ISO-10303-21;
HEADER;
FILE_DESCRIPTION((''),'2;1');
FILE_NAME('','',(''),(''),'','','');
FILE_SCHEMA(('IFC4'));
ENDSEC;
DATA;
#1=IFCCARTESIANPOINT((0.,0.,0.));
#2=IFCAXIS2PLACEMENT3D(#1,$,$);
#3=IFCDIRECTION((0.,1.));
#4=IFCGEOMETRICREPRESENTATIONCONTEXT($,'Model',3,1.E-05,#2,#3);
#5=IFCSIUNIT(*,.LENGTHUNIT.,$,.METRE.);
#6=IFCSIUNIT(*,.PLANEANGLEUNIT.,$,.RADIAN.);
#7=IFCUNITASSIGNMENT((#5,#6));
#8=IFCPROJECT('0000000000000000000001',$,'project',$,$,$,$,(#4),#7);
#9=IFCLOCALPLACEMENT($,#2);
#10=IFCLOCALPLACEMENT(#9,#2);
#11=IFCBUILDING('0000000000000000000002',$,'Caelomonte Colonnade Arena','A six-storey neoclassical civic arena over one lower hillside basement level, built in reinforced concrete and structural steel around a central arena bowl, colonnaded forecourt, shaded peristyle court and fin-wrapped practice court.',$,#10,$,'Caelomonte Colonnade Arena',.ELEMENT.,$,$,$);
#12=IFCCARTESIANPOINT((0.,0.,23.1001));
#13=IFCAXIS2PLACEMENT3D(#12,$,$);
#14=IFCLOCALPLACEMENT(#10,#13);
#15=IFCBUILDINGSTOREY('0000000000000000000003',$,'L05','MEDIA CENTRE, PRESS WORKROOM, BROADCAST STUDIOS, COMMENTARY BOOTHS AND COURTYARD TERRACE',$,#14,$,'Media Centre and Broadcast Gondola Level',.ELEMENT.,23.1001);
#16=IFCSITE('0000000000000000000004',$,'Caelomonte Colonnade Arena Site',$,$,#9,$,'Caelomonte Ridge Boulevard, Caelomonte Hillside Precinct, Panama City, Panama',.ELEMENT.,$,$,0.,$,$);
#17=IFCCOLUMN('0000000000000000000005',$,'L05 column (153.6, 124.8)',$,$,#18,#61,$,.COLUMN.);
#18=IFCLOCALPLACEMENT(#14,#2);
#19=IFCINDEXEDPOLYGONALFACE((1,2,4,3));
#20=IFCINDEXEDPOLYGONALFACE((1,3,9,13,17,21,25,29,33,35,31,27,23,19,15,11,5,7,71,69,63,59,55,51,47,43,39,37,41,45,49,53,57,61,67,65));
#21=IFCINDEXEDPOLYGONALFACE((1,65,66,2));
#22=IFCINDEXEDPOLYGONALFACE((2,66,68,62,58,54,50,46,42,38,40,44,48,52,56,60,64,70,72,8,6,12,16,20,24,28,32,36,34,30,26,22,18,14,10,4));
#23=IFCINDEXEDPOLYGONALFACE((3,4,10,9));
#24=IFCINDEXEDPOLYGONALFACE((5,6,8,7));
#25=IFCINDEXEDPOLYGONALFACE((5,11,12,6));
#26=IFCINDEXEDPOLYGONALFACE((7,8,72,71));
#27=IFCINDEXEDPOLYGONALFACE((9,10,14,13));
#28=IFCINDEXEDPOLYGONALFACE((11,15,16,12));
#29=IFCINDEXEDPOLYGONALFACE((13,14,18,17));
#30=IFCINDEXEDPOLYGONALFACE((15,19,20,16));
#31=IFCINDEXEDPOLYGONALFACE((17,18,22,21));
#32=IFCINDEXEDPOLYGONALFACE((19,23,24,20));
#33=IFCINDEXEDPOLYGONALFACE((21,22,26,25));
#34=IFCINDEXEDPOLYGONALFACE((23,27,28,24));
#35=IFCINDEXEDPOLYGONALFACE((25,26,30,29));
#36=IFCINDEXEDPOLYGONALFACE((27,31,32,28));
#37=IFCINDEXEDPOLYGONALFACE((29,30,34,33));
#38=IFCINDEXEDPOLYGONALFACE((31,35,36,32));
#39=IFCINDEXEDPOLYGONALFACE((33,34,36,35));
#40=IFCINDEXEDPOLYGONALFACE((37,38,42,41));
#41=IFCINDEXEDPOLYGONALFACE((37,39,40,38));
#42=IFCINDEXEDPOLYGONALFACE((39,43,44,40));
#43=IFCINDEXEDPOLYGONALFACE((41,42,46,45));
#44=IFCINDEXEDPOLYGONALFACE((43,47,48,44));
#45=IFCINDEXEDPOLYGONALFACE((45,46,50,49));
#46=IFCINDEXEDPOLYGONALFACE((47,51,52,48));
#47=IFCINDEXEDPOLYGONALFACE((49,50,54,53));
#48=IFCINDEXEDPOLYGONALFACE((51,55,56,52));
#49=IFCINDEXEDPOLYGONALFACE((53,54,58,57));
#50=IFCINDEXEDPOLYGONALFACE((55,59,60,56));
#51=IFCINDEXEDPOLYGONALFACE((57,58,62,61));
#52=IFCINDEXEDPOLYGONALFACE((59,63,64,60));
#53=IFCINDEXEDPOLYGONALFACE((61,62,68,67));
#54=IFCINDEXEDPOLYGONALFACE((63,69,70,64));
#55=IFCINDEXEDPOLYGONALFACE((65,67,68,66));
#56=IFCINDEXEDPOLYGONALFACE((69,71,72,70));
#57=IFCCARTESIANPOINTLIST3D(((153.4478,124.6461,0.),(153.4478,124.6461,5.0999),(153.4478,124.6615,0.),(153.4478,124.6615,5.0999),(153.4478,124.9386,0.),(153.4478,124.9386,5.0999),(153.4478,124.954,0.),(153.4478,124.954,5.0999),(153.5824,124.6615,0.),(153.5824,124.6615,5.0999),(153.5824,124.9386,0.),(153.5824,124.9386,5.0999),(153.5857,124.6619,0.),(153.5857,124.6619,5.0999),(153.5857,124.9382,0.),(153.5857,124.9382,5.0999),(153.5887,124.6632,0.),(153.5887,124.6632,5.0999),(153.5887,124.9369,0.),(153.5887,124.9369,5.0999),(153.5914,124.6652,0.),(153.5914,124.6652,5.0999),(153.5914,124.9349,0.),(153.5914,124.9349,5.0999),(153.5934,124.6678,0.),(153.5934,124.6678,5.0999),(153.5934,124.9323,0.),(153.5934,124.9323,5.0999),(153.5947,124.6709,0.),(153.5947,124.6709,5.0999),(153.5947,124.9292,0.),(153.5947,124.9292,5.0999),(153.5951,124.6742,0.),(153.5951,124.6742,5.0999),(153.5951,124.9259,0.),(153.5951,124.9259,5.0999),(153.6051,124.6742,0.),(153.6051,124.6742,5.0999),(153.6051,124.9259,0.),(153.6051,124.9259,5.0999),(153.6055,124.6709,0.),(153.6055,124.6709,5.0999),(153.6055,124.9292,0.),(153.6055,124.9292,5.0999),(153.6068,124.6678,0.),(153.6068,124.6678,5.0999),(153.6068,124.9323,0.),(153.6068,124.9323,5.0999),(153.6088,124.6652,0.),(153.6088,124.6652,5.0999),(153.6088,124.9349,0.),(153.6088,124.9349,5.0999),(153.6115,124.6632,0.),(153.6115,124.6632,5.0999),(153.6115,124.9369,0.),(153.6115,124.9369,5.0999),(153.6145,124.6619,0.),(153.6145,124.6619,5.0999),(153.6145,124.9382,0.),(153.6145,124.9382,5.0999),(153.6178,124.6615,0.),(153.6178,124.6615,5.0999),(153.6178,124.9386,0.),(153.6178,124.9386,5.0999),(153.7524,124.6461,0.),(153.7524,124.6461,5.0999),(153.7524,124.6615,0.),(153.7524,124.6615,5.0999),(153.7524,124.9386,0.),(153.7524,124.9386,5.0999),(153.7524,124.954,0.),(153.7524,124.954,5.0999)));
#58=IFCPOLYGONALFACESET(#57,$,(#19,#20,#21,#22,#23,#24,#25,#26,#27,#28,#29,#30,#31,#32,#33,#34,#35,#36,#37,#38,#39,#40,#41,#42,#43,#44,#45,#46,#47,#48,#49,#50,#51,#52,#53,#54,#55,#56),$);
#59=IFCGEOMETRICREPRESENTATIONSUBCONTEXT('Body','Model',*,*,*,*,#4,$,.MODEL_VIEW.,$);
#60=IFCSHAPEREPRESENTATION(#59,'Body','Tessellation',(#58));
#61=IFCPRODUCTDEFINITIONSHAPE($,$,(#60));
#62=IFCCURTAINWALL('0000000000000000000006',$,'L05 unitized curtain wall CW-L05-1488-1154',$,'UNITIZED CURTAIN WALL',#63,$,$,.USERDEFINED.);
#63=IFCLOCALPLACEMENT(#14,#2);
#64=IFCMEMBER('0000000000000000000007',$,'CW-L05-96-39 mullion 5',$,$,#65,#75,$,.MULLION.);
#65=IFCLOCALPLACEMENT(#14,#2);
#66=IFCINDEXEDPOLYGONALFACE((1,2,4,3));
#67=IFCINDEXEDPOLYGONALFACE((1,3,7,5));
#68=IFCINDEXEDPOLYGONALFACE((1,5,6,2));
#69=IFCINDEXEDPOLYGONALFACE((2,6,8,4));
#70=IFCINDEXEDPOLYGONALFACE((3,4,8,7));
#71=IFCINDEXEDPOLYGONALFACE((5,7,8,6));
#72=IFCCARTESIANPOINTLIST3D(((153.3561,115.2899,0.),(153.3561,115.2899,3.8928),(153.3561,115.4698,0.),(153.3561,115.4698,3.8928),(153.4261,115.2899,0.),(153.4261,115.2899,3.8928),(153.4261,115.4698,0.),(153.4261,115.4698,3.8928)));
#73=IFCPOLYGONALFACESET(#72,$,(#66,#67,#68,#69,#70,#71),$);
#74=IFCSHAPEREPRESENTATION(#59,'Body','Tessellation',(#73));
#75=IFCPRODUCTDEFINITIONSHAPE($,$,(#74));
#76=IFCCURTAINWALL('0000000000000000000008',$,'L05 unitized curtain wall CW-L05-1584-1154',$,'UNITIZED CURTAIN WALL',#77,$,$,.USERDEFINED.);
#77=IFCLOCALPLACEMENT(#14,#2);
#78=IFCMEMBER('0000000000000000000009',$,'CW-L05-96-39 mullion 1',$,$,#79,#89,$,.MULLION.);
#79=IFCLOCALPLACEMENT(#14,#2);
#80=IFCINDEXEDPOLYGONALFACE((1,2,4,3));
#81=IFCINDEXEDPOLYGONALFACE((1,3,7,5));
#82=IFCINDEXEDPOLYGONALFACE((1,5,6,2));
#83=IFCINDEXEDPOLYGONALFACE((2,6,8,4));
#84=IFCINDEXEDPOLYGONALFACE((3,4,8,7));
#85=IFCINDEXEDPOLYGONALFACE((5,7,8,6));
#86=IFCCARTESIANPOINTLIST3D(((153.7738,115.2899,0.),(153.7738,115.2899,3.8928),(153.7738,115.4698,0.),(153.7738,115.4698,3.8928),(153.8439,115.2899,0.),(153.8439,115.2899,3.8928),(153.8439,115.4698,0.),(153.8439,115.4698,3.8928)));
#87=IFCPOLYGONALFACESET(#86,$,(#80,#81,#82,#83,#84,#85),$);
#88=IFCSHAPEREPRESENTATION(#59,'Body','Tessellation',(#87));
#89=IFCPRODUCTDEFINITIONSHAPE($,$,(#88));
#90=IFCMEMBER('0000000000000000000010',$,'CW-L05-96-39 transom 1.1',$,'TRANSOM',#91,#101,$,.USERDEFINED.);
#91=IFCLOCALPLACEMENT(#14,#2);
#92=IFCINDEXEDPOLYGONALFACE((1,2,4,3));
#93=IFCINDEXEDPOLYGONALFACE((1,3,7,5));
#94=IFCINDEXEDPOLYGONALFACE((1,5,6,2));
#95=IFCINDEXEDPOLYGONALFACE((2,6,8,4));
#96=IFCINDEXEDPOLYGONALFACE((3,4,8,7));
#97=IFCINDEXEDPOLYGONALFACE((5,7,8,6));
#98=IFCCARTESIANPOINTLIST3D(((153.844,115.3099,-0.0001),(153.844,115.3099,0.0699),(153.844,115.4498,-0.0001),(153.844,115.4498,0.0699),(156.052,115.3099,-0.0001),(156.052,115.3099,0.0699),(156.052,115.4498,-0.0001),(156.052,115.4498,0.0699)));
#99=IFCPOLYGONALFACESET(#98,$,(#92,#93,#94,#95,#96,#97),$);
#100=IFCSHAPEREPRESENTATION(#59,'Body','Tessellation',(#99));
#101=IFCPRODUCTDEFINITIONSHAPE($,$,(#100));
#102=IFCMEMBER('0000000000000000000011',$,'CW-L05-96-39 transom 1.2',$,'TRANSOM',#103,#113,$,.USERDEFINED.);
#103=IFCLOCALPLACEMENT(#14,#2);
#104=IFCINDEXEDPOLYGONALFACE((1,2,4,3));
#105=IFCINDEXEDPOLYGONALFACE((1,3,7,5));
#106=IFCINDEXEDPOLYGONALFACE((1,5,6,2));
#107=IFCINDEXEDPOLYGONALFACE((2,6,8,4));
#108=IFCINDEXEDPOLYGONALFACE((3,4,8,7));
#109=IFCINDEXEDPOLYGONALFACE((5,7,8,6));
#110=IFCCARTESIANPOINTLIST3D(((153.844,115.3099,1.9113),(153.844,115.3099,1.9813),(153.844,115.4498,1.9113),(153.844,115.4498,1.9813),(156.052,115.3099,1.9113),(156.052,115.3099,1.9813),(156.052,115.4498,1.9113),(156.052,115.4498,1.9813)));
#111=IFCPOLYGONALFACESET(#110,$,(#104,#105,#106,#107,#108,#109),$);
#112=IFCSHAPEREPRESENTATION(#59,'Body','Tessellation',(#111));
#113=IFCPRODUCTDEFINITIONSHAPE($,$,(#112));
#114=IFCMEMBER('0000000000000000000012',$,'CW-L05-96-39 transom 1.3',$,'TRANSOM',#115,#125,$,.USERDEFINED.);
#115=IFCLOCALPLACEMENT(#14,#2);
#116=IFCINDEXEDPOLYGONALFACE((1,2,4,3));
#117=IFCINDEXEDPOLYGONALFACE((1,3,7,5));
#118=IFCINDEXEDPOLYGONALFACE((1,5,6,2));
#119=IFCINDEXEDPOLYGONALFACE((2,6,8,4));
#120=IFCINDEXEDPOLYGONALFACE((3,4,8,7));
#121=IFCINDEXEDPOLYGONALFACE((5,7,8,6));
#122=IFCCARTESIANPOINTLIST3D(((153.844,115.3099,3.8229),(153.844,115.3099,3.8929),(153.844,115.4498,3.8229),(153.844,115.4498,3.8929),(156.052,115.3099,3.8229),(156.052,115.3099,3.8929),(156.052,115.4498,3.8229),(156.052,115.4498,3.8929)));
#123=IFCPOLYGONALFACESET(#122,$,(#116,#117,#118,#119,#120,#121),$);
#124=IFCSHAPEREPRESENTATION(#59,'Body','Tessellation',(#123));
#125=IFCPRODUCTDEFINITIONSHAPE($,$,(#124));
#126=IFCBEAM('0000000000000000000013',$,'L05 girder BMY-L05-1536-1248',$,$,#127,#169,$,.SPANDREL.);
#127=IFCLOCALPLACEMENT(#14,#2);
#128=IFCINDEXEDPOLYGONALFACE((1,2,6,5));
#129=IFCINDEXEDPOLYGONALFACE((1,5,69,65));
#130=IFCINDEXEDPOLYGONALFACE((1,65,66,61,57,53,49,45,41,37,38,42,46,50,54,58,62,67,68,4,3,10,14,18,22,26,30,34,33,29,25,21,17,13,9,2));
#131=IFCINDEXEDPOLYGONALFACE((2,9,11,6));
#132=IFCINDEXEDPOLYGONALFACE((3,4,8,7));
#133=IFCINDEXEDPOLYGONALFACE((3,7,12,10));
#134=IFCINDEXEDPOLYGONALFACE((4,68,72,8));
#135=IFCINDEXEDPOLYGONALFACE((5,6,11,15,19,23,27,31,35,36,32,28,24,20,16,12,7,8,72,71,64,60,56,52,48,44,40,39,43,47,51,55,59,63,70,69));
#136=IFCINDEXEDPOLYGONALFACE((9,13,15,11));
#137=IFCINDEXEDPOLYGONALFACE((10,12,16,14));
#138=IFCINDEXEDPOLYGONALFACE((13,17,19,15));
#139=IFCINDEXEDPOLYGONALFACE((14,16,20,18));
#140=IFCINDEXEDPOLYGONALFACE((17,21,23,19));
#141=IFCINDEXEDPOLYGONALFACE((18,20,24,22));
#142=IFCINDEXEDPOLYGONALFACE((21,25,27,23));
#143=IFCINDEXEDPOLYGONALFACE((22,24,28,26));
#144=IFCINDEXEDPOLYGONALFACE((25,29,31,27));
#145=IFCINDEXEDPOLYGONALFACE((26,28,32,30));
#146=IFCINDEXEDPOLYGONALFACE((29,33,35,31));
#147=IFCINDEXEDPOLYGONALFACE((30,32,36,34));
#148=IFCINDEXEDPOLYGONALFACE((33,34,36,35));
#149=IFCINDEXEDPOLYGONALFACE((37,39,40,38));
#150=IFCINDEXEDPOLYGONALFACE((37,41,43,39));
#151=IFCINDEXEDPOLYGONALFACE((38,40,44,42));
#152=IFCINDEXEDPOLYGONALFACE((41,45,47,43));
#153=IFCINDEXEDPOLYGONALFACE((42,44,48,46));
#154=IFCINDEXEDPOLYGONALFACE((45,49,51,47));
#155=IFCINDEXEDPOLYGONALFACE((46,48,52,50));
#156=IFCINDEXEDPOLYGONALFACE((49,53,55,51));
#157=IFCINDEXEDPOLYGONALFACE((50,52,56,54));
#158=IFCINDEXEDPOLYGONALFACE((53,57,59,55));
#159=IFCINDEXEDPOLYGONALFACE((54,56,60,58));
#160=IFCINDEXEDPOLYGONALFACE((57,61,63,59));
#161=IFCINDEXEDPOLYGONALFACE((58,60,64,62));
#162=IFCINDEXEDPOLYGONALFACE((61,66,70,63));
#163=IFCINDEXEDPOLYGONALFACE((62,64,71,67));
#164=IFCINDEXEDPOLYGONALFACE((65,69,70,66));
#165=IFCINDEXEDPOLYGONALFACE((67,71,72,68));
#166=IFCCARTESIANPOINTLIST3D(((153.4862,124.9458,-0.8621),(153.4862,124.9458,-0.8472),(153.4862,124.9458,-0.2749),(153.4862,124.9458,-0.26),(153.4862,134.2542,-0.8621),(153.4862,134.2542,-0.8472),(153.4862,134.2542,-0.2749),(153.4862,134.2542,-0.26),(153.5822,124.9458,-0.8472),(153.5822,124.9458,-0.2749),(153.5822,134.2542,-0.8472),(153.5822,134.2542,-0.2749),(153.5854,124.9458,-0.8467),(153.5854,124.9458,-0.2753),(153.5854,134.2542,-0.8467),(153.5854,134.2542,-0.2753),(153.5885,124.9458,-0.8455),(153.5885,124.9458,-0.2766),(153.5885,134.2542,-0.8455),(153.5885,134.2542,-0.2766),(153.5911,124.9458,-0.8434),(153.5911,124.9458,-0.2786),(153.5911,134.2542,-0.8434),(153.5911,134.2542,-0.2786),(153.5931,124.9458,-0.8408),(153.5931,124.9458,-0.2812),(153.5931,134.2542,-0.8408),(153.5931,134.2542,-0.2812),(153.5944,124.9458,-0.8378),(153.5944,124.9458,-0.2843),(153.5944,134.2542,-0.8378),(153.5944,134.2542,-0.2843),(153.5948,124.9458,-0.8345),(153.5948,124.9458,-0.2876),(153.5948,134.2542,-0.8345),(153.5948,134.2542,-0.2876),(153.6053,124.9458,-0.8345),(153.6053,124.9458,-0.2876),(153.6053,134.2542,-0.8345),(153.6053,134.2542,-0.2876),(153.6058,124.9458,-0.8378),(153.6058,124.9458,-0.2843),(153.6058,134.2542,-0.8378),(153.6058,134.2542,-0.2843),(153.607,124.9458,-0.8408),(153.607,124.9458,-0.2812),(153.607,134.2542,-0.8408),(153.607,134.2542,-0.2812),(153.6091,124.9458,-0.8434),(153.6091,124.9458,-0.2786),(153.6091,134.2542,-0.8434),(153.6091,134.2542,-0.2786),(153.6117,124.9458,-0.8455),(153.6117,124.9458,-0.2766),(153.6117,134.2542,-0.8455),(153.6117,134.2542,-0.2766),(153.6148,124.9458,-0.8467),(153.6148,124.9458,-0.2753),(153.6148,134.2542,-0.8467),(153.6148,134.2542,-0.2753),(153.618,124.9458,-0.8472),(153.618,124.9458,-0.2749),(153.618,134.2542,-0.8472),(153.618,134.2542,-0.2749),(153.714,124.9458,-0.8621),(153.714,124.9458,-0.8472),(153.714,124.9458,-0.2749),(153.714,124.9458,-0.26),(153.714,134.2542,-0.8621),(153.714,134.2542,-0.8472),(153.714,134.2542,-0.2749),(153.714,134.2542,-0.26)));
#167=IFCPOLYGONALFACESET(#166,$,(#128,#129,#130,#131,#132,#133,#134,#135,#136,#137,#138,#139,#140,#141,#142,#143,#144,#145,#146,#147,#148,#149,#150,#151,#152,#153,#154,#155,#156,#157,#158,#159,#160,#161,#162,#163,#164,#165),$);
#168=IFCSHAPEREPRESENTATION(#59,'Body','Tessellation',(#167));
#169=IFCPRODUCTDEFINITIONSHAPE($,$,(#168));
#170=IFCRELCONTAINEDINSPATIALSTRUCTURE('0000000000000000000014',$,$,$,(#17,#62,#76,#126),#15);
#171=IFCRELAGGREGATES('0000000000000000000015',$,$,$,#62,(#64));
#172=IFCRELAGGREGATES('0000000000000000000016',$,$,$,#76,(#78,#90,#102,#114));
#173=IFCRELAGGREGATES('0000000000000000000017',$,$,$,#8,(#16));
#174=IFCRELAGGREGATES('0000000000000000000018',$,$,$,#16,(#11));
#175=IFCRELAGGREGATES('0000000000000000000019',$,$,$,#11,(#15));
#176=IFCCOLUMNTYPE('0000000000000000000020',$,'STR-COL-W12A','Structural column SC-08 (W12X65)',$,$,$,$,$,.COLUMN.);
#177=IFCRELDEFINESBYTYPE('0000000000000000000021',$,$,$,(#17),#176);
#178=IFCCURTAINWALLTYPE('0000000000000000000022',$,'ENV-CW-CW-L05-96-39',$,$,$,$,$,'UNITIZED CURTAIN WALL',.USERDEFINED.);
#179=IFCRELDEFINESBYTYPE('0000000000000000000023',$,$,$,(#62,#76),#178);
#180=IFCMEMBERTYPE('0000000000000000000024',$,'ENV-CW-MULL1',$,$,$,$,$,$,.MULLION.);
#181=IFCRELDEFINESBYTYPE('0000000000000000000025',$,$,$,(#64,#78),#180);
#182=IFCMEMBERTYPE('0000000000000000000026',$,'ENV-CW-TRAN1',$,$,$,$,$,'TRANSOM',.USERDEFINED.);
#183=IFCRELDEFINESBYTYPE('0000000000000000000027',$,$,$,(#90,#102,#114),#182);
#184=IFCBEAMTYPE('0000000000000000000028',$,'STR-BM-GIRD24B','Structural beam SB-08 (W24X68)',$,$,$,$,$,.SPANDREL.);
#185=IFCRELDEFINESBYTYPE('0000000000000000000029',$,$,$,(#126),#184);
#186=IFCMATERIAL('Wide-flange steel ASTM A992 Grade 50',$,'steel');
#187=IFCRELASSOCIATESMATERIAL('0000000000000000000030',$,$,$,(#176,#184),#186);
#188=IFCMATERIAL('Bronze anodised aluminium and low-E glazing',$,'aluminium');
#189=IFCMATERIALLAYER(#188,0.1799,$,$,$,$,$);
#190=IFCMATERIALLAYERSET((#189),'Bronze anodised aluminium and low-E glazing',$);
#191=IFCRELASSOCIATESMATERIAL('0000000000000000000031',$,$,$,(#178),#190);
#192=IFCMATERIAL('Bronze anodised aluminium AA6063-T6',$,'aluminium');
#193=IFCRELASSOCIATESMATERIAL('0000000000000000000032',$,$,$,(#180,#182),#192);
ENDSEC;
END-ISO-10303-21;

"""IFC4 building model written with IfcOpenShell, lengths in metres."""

from ifc_helpers import new_model, si_unit, direction, frame, origin, origin_2d, place, context, subcontext, project, spatial, rectangle, i_section, extrude, material, layer, layer_set, material_profile, profile_set, type_object, element, aggregate, save


model = new_model("IFC4")

# Units and contexts
model_context = context("Model", 3, precision=1e-05, world=origin(), true_north=direction((0.0, 1.0)))
body_context = subcontext(model_context, "Body", "Model", "MODEL_VIEW")
ifc_project = project(units=[si_unit("LENGTHUNIT", "METRE"), si_unit("PLANEANGLEUNIT", "RADIAN")], contexts=[model_context])

# Site, building, storey
site_placement = place(None, origin())
site = spatial("IfcSite", under=ifc_project, at=site_placement, Name="Caelomonte Colonnade Arena Site", LongName="Caelomonte Ridge Boulevard, Caelomonte Hillside Precinct, Panama City, Panama", CompositionType="ELEMENT", RefElevation=0.0)
building_placement = place(site_placement, origin())
building = spatial("IfcBuilding", under=site, at=building_placement, Name="Caelomonte Colonnade Arena", Description="A six-storey neoclassical civic arena over one lower hillside basement level, built in reinforced concrete and structural steel around a central arena bowl, colonnaded forecourt, shaded peristyle court and fin-wrapped practice court.", LongName="Caelomonte Colonnade Arena", CompositionType="ELEMENT")
storey_placement = place(building_placement, frame((0.0, 0.0, 23.1001)))
storey = spatial("IfcBuildingStorey", under=building, at=storey_placement, Name="L05", Description="MEDIA CENTRE, PRESS WORKROOM, BROADCAST STUDIOS, COMMENTARY BOOTHS AND COURTYARD TERRACE", LongName="Media Centre and Broadcast Gondola Level", CompositionType="ELEMENT", Elevation=23.1001)

# Column
ifc_material_1 = material(Name="Wide-flange steel ASTM A992 Grade 50", Category="steel")
ifc_material_profile_1 = material_profile(ifc_material_1, i_section(OverallWidth=0.3047, OverallDepth=0.3079, WebThickness=0.01, FlangeThickness=0.0154, FilletRadius=0.0127, at=origin_2d()), Name="W12X65")
ifc_profile_set_1 = profile_set([ifc_material_profile_1], Name="Wide-flange steel ASTM A992 Grade 50")
column_type = type_object("IfcColumnType", Name="STR-COL-W12A", Description="Structural column SC-08 (W12X65)", PredefinedType="COLUMN", material=ifc_profile_set_1)
column_placement = place(storey_placement, frame((153.6001, 124.8, 0.0), z_axis=(0.0, 0.0, 1.0), x_axis=(1.0, 0.0, 0.0)))
element("IfcColumn", 1, at=column_placement, inside=storey, type_object=column_type, Name="L05 column (153.6, 124.8)", PredefinedType="COLUMN", context=body_context, shape_type="SweptSolid", body=[
    extrude(i_section(OverallWidth=0.3047, OverallDepth=0.3079, WebThickness=0.01, FlangeThickness=0.0154, FilletRadius=0.0127, at=origin_2d()), origin(), (0.0, 0.0, 1.0), 5.0999),
])

# Curtain wall, member
ifc_material_2 = material(Name="Bronze anodised aluminium and low-E glazing", Category="aluminium")
ifc_layer_1 = layer(ifc_material_2, 0.1799)
ifc_layer_set_1 = layer_set([ifc_layer_1], Name="Bronze anodised aluminium and low-E glazing")
curtain_wall_type = type_object("IfcCurtainWallType", Name="ENV-CW-CW-L05-96-39", ElementType="UNITIZED CURTAIN WALL", PredefinedType="USERDEFINED", material=ifc_layer_set_1)
curtain_wall_1_placement = place(storey_placement, origin())
curtain_wall_1 = element("IfcCurtainWall", 2, at=curtain_wall_1_placement, inside=storey, type_object=curtain_wall_type, Name="L05 unitized curtain wall CW-L05-1488-1154", ObjectType="UNITIZED CURTAIN WALL", PredefinedType="USERDEFINED")
ifc_material_3 = material(Name="Bronze anodised aluminium AA6063-T6", Category="aluminium")
ifc_material_profile_2 = material_profile(ifc_material_3, rectangle(XDim=0.0701, YDim=0.1799, at=origin_2d()), Name="CWM-70X180")
ifc_profile_set_2 = profile_set([ifc_material_profile_2], Name="Bronze anodised aluminium AA6063-T6")
member_type_1 = type_object("IfcMemberType", Name="ENV-CW-MULL1", PredefinedType="MULLION", material=ifc_profile_set_2)
member_1_placement = place(storey_placement, frame((153.3911, 115.3799, 0.0), z_axis=(0.0, 0.0, 1.0), x_axis=(1.0, 0.0, 0.0)))
member_1 = element("IfcMember", 3, at=member_1_placement, type_object=member_type_1, Name="CW-L05-96-39 mullion 5", PredefinedType="MULLION", context=body_context, shape_type="SweptSolid", body=[
    extrude(rectangle(XDim=0.0701, YDim=0.1799, at=origin_2d()), origin(), (0.0, 0.0, 1.0), 3.8928),
])
aggregate(curtain_wall_1, [member_1])

# Curtain wall, members
curtain_wall_2_placement = place(storey_placement, origin())
curtain_wall_2 = element("IfcCurtainWall", 4, at=curtain_wall_2_placement, inside=storey, type_object=curtain_wall_type, Name="L05 unitized curtain wall CW-L05-1584-1154", ObjectType="UNITIZED CURTAIN WALL", PredefinedType="USERDEFINED")
member_2_placement = place(storey_placement, frame((153.8088, 115.3799, 0.0), z_axis=(0.0, 0.0, 1.0), x_axis=(1.0, 0.0, 0.0)))
member_2 = element("IfcMember", 5, at=member_2_placement, type_object=member_type_1, Name="CW-L05-96-39 mullion 1", PredefinedType="MULLION", context=body_context, shape_type="SweptSolid", body=[
    extrude(rectangle(XDim=0.0701, YDim=0.1799, at=origin_2d()), origin(), (0.0, 0.0, 1.0), 3.8928),
])
ifc_material_profile_3 = material_profile(ifc_material_3, rectangle(XDim=0.0701, YDim=0.1399, at=origin_2d()), Name="CWT-70X140")
ifc_profile_set_3 = profile_set([ifc_material_profile_3], Name="Bronze anodised aluminium AA6063-T6")
member_type_2 = type_object("IfcMemberType", Name="ENV-CW-TRAN1", ElementType="TRANSOM", PredefinedType="USERDEFINED", material=ifc_profile_set_3)
member_3_placement = place(storey_placement, frame((153.844, 115.3799, 0.0349), z_axis=(1.0, 0.0, 0.0), x_axis=(0.0, 0.0, 1.0)))
member_3 = element("IfcMember", 6, at=member_3_placement, type_object=member_type_2, Name="CW-L05-96-39 transom 1.1", ObjectType="TRANSOM", PredefinedType="USERDEFINED", context=body_context, shape_type="SweptSolid", body=[
    extrude(rectangle(XDim=0.0701, YDim=0.1399, at=origin_2d()), origin(), (0.0, 0.0, 1.0), 2.208),
])
member_4_placement = place(storey_placement, frame((153.844, 115.3799, 1.9463), z_axis=(1.0, 0.0, 0.0), x_axis=(0.0, 0.0, 1.0)))
member_4 = element("IfcMember", 7, at=member_4_placement, type_object=member_type_2, Name="CW-L05-96-39 transom 1.2", ObjectType="TRANSOM", PredefinedType="USERDEFINED", context=body_context, shape_type="SweptSolid", body=[
    extrude(rectangle(XDim=0.0701, YDim=0.1399, at=origin_2d()), origin(), (0.0, 0.0, 1.0), 2.208),
])
member_5_placement = place(storey_placement, frame((153.844, 115.3799, 3.8579), z_axis=(1.0, 0.0, 0.0), x_axis=(0.0, 0.0, 1.0)))
member_5 = element("IfcMember", 8, at=member_5_placement, type_object=member_type_2, Name="CW-L05-96-39 transom 1.3", ObjectType="TRANSOM", PredefinedType="USERDEFINED", context=body_context, shape_type="SweptSolid", body=[
    extrude(rectangle(XDim=0.0701, YDim=0.1399, at=origin_2d()), origin(), (0.0, 0.0, 1.0), 2.208),
])

# Beam
ifc_material_profile_4 = material_profile(ifc_material_1, i_section(OverallWidth=0.2278, OverallDepth=0.6021, WebThickness=0.0105, FlangeThickness=0.0149, FilletRadius=0.0127, at=origin_2d()), Name="W24X68")
ifc_profile_set_4 = profile_set([ifc_material_profile_4], Name="Wide-flange steel ASTM A992 Grade 50")
beam_type_1 = type_object("IfcBeamType", Name="STR-BM-GIRD24B", Description="Structural beam SB-08 (W24X68)", PredefinedType="SPANDREL", material=ifc_profile_set_4)
beam_1_placement = place(storey_placement, frame((153.6001, 124.9458, -0.561), z_axis=(0.0, 1.0, 0.0), x_axis=(-1.0, 0.0, 0.0)))
element("IfcBeam", 9, at=beam_1_placement, inside=storey, type_object=beam_type_1, Name="L05 girder BMY-L05-1536-1248", PredefinedType="SPANDREL", context=body_context, shape_type="SweptSolid", body=[
    extrude(i_section(OverallWidth=0.2278, OverallDepth=0.6021, WebThickness=0.0105, FlangeThickness=0.0149, FilletRadius=0.0127, at=origin_2d()), origin(), (0.0, 0.0, 1.0), 9.3083),
])

aggregate(curtain_wall_2, [member_2, member_3, member_4, member_5])

save(model, "model.ifc")
